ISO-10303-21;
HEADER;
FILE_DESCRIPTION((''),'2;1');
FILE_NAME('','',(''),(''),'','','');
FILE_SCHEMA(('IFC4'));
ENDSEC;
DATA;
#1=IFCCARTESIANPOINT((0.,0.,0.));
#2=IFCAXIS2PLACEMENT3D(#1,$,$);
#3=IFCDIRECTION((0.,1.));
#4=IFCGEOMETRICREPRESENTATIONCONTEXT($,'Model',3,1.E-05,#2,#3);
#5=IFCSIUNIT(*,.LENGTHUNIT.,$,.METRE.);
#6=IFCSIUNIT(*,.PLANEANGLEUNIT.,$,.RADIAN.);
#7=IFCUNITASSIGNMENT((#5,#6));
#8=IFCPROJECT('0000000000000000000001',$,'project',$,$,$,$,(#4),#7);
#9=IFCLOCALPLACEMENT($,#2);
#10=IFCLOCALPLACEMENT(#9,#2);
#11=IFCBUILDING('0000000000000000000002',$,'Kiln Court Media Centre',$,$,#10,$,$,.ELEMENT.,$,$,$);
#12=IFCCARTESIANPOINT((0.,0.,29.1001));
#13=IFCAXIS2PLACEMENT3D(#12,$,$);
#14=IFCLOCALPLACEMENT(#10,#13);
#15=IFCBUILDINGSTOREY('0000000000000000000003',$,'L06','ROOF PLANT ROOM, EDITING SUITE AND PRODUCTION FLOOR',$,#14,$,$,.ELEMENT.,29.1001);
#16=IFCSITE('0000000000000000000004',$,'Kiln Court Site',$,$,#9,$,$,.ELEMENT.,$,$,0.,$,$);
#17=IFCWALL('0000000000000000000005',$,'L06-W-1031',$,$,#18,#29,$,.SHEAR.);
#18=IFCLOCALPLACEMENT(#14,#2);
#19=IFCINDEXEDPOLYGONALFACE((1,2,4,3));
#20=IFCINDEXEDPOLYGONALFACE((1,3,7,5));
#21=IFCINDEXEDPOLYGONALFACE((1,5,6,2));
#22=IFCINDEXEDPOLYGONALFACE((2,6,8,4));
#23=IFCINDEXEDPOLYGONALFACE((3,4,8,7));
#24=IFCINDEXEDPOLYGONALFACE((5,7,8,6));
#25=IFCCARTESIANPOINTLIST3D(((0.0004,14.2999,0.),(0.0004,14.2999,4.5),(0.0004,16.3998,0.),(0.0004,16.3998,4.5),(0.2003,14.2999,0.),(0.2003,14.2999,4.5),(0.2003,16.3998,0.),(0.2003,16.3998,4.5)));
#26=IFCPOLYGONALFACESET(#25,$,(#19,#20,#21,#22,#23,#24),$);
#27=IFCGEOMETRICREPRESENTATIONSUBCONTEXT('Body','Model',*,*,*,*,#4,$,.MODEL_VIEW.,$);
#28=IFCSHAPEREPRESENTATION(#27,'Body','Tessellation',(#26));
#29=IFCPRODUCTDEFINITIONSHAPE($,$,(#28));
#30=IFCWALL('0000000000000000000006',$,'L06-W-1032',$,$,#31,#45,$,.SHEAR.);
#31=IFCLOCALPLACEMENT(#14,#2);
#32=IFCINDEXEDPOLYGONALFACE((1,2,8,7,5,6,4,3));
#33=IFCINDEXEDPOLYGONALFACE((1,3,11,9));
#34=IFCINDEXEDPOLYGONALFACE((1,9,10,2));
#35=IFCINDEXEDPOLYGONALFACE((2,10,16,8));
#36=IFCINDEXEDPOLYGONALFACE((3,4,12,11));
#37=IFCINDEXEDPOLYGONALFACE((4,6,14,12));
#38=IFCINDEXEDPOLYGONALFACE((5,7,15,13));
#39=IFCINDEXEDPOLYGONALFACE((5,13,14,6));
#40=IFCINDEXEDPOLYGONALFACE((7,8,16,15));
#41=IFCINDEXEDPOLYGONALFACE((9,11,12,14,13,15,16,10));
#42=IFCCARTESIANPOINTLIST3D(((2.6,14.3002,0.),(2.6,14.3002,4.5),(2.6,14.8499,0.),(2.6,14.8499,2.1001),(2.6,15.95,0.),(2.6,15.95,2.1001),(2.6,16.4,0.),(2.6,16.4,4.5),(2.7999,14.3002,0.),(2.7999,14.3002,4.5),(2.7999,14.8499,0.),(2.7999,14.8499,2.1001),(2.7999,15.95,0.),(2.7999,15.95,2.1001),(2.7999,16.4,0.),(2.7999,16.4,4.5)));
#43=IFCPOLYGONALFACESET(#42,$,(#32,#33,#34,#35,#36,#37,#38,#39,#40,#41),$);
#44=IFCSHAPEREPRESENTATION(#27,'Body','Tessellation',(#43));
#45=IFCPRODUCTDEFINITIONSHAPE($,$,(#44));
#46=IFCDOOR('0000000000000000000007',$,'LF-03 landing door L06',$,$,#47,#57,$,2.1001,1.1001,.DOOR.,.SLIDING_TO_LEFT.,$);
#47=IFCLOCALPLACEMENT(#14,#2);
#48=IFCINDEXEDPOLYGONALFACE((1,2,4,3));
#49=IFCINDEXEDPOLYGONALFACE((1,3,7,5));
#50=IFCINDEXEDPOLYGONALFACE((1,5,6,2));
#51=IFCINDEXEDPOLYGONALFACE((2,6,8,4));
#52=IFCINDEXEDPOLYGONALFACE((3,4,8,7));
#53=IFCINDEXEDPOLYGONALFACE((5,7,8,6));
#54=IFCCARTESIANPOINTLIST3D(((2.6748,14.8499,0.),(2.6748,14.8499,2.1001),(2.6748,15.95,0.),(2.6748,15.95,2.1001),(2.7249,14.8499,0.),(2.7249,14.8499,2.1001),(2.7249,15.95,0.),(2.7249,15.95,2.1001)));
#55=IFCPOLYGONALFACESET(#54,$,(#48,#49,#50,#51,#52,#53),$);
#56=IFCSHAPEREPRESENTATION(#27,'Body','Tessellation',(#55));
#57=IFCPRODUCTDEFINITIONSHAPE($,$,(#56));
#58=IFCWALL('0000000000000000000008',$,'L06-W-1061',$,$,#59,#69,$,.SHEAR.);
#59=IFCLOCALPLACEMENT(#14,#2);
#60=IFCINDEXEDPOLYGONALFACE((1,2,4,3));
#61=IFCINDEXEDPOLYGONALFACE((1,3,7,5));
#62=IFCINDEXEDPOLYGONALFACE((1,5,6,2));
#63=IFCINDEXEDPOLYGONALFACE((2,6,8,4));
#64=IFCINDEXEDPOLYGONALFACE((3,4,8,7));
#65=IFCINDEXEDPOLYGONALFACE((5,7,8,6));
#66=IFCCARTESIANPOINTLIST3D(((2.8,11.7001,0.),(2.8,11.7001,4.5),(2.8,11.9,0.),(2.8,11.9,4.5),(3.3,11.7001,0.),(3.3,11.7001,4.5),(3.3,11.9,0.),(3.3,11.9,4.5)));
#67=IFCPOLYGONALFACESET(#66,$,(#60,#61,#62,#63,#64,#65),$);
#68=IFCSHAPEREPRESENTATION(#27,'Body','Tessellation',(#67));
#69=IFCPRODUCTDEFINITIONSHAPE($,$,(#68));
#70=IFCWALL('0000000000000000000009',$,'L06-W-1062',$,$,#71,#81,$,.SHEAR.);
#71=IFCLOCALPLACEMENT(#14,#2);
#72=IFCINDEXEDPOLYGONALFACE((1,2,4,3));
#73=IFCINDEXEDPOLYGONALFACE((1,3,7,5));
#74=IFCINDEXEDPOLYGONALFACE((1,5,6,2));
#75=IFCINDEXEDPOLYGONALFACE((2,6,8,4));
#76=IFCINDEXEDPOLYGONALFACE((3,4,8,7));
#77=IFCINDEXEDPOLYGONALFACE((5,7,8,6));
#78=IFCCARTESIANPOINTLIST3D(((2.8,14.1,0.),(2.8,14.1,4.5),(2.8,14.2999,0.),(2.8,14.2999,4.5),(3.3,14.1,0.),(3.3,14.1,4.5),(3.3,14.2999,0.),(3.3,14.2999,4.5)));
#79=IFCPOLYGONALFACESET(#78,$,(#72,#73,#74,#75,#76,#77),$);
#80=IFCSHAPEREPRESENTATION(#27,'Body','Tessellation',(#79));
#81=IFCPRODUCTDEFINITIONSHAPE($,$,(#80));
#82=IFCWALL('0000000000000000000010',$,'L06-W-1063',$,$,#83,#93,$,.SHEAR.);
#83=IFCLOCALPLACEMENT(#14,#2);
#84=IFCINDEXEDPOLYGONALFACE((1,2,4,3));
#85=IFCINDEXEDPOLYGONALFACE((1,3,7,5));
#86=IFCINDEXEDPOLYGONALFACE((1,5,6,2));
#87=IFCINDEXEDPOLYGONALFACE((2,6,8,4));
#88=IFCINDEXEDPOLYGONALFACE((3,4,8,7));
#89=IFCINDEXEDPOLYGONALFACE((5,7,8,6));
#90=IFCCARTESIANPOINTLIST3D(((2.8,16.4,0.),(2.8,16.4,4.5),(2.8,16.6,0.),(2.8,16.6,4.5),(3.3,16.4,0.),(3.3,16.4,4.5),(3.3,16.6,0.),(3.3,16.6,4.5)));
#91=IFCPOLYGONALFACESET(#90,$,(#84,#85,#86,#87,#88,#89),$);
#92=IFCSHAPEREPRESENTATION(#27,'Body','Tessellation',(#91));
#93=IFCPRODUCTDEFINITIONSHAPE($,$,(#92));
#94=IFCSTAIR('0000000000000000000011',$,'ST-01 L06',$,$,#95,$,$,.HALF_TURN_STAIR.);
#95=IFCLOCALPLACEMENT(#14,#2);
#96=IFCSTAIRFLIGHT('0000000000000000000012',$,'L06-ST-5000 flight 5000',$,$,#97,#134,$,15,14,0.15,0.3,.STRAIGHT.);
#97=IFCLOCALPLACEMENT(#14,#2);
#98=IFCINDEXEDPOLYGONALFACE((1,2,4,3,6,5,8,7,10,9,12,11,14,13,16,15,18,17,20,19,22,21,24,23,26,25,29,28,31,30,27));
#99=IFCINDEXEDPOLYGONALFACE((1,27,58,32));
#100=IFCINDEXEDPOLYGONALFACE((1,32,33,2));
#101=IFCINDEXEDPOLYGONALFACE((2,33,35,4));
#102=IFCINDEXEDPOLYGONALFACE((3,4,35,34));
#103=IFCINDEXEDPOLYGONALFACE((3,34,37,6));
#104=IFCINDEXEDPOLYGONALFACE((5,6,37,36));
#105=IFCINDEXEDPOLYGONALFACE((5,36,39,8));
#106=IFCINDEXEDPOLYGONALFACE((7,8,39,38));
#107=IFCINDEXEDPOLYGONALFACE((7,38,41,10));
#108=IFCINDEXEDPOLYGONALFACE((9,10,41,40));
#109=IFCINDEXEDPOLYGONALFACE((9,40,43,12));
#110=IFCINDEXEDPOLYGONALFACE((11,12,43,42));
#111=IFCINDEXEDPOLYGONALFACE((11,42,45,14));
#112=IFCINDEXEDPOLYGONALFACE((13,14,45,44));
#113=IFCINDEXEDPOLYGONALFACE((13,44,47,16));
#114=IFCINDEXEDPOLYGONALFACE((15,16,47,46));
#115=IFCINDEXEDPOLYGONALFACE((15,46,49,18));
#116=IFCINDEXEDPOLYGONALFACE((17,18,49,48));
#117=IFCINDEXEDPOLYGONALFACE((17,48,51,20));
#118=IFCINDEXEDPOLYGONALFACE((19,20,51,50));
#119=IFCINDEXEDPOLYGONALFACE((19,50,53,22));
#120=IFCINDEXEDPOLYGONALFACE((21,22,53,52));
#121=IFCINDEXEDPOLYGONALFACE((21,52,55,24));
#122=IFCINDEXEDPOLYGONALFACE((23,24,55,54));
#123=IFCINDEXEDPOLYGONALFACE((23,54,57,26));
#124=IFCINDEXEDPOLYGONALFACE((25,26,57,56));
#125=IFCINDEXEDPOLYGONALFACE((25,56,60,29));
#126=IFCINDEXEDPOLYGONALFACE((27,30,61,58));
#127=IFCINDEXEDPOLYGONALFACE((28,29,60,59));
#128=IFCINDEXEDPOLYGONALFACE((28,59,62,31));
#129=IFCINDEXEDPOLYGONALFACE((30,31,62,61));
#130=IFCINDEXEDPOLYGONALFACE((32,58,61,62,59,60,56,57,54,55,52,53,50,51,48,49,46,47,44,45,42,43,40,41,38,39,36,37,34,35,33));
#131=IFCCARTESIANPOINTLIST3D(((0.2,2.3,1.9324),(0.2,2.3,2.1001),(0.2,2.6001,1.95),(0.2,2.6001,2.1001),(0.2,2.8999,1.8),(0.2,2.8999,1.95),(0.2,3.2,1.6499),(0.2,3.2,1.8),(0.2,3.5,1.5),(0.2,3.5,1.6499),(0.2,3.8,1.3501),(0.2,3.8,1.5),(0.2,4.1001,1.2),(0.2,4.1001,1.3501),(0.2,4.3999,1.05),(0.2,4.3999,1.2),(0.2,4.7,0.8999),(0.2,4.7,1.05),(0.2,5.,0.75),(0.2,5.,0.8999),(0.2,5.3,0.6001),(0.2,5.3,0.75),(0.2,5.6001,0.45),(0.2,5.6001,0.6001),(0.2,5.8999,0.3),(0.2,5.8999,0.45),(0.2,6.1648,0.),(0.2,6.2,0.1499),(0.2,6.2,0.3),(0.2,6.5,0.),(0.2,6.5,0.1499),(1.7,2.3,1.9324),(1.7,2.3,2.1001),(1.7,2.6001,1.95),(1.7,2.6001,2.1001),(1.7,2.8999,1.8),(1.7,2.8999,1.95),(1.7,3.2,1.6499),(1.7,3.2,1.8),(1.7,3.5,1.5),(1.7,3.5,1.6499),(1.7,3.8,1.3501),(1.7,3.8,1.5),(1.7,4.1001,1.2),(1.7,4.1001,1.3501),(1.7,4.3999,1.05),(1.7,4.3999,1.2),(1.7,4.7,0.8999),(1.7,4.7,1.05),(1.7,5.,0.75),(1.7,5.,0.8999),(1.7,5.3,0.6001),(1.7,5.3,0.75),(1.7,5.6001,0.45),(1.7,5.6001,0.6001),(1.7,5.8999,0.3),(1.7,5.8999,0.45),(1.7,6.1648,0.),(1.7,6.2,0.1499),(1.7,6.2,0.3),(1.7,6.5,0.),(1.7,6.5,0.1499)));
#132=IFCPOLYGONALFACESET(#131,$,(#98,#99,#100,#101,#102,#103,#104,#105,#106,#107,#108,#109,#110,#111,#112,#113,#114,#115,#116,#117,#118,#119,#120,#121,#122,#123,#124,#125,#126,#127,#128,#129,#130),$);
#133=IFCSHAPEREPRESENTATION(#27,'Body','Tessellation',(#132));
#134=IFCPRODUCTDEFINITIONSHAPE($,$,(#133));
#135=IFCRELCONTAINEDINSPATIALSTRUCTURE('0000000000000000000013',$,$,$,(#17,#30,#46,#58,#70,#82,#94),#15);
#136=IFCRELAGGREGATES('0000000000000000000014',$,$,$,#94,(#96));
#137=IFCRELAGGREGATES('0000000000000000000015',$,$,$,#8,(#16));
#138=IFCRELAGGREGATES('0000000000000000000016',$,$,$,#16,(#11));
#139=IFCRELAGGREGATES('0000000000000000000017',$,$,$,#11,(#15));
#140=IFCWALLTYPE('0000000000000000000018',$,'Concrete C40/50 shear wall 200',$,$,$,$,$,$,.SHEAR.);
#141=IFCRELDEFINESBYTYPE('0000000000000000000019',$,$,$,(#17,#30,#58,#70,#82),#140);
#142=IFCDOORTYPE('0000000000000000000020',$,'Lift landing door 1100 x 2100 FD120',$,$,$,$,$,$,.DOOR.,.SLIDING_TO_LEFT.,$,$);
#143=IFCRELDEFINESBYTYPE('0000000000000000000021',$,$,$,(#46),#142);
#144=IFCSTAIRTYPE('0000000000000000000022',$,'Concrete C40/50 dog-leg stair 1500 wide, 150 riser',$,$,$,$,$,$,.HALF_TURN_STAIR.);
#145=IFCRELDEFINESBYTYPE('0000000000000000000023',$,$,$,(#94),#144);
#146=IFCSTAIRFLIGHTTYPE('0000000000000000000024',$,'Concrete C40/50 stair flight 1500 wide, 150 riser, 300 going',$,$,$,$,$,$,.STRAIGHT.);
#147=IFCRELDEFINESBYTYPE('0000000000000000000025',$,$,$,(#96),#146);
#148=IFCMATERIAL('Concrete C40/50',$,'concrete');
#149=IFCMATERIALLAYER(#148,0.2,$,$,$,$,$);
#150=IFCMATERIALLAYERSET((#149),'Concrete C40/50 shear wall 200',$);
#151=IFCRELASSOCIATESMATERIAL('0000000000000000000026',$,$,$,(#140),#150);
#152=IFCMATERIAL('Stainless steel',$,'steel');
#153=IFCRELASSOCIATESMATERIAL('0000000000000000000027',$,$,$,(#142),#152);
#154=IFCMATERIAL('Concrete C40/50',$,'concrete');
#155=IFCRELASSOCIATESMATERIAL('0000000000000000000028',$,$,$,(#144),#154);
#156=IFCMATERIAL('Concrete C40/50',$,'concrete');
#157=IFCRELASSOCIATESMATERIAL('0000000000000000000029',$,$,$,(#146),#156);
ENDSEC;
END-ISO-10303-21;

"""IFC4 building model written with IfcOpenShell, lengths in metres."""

from ifc_helpers import new_model, si_unit, direction, frame, frame_2d, origin, place, context, subcontext, project, spatial, polyline, rectangle, outline, extrude, material, layer, layer_set, type_object, element, fill, aggregate, save


model = new_model("IFC4")

# Units and contexts
model_context = context("Model", 3, precision=1e-05, world=origin(), true_north=direction((0.0, 1.0)))
body_context = subcontext(model_context, "Body", "Model", "MODEL_VIEW")
ifc_project = project(units=[si_unit("LENGTHUNIT", "METRE"), si_unit("PLANEANGLEUNIT", "RADIAN")], contexts=[model_context])

# Site, building, storey
site_placement = place(None, origin())
site = spatial("IfcSite", under=ifc_project, at=site_placement, Name="Kiln Court Site", CompositionType="ELEMENT", RefElevation=0.0)
building_placement = place(site_placement, origin())
building = spatial("IfcBuilding", under=site, at=building_placement, Name="Kiln Court Media Centre", CompositionType="ELEMENT")
storey_placement = place(building_placement, frame((0.0, 0.0, 29.1001)))
storey = spatial("IfcBuildingStorey", under=building, at=storey_placement, Name="L06", Description="ROOF PLANT ROOM, EDITING SUITE AND PRODUCTION FLOOR", CompositionType="ELEMENT", Elevation=29.1001)

# Shared definitions
ifc_material_1 = material(Name="Concrete C40/50", Category="concrete")
ifc_layer = layer(ifc_material_1, 0.2)
ifc_layer_set = layer_set([ifc_layer], Name="Concrete C40/50 shear wall 200")
wall_type = type_object("IfcWallType", Name="Concrete C40/50 shear wall 200", PredefinedType="SHEAR", material=ifc_layer_set)

# Shared definitions
ifc_material_2 = material(Name="Stainless steel", Category="steel")
door_type_1 = type_object("IfcDoorType", Name="Lift landing door 1100 x 2100 FD120", OperationType="SLIDING_TO_LEFT", PredefinedType="DOOR", material=ifc_material_2)

# Wall
wall_1_placement = place(storey_placement, frame((0.1003, 14.3, 0.0), z_axis=(0.0, 0.0, 1.0), x_axis=(0.0, 1.0, 0.0)))
element("IfcWall", 1, at=wall_1_placement, inside=storey, type_object=wall_type, Name="L06-W-1031", PredefinedType="SHEAR", context=body_context, shape_type="SweptSolid", body=[
    extrude(rectangle(XDim=2.0999, YDim=0.2, at=frame_2d((1.0498, 0.0))), origin(), (0.0, 0.0, 1.0), 4.5),
])

# Wall, opening, door
wall_2_placement = place(storey_placement, frame((2.7, 16.3999, 0.0), z_axis=(0.0, 0.0, 1.0), x_axis=(0.0, -1.0, 0.0)))
wall_2 = element("IfcWall", 2, at=wall_2_placement, inside=storey, type_object=wall_type, Name="L06-W-1032", PredefinedType="SHEAR", context=body_context, shape_type="SweptSolid", body=[
    extrude(rectangle(XDim=2.0999, YDim=0.2, at=frame_2d((1.0498, 0.0))), origin(), (0.0, 0.0, 1.0), 4.5),
])
opening_1_placement = place(wall_2_placement, frame((0.45, 0.0, 0.0)))
opening_1 = element("IfcOpeningElement", 3, at=opening_1_placement, cuts=wall_2, PredefinedType="OPENING", context=body_context, shape_type="SweptSolid", body=[
    extrude(rectangle(XDim=1.1001, YDim=2.1001, at=frame_2d((0.55, 1.05))), frame((0.0, 0.1099, 0.0), z_axis=(0.0, -1.0, 0.0), x_axis=(1.0, 0.0, 0.0)), (0.0, 0.0, 1.0), 0.22),
])
door_1_placement = place(opening_1_placement, origin())
door_1 = element("IfcDoor", 4, at=door_1_placement, inside=storey, type_object=door_type_1, Name="LF-03 landing door L06", OperationType="SLIDING_TO_LEFT", OverallHeight=2.1001, OverallWidth=1.1001, PredefinedType="DOOR", context=body_context, shape_type="SweptSolid", body=[
    extrude(rectangle(XDim=1.1001, YDim=2.1001, at=frame_2d((0.55, 1.05))), frame((0.0, 0.0249, 0.0), z_axis=(0.0, -1.0, 0.0), x_axis=(1.0, 0.0, 0.0)), (0.0, 0.0, 1.0), 0.05),
])
fill(opening_1, door_1)

# Walls
for number, where, z_axis, x_axis, name in (
    (5, (2.8, 11.8, 0.0), (0.0, 0.0, 1.0), (1.0, 0.0, 0.0), "L06-W-1061"),
    (6, (2.8, 14.2, 0.0), (0.0, 0.0, 1.0), (1.0, 0.0, 0.0), "L06-W-1062"),
    (7, (2.8, 16.5, 0.0), (0.0, 0.0, 1.0), (1.0, 0.0, 0.0), "L06-W-1063"),
):
    element("IfcWall", number, at=place(storey_placement, frame(where, z_axis=z_axis, x_axis=x_axis)), inside=storey, type_object=wall_type, Name=name, PredefinedType="SHEAR", context=body_context, shape_type="SweptSolid", body=[
        extrude(rectangle(XDim=0.5, YDim=0.2, at=frame_2d((0.25, 0.0))), origin(), (0.0, 0.0, 1.0), 4.5),
    ])

# Stair, stair flight
ifc_material_3 = material(Name="Concrete C40/50", Category="concrete")
stair_type = type_object("IfcStairType", Name="Concrete C40/50 dog-leg stair 1500 wide, 150 riser", PredefinedType="HALF_TURN_STAIR", material=ifc_material_3)
stair_placement = place(storey_placement, origin())
stair = element("IfcStair", 8, at=stair_placement, inside=storey, type_object=stair_type, Name="ST-01 L06", PredefinedType="HALF_TURN_STAIR")
ifc_material_4 = material(Name="Concrete C40/50", Category="concrete")
stair_flight_type = type_object("IfcStairFlightType", Name="Concrete C40/50 stair flight 1500 wide, 150 riser, 300 going", PredefinedType="STRAIGHT", material=ifc_material_4)
stair_flight_placement = place(storey_placement, frame((0.95, 6.5, 0.0), z_axis=(0.0, 0.0, 1.0), x_axis=(0.0, -1.0, 0.0)))
stair_flight = element("IfcStairFlight", 9, at=stair_flight_placement, type_object=stair_flight_type, Name="L06-ST-5000 flight 5000", NumberOfRisers=15, NumberOfTreads=14, PredefinedType="STRAIGHT", RiserHeight=0.15, TreadLength=0.3, context=body_context, shape_type="SweptSolid", body=[
    extrude(outline(polyline([(0.0, 0.0), (0.0, 0.1499), (0.3, 0.1499), (0.3, 0.3), (0.6001, 0.3), (0.6001, 0.45), (0.8999, 0.45), (0.8999, 0.6001), (1.2, 0.6001), (1.2, 0.75), (1.5, 0.75), (1.5, 0.8999), (1.8, 0.8999), (1.8, 1.05), (2.1001, 1.05), (2.1001, 1.2), (2.3999, 1.2), (2.3999, 1.3501), (2.7, 1.3501), (2.7, 1.5), (3.0, 1.5), (3.0, 1.6499), (3.3, 1.6499), (3.3, 1.8), (3.6001, 1.8), (3.6001, 1.95), (3.8999, 1.95), (3.8999, 2.1001), (4.2, 2.1001), (4.2, 2.25), (4.2, 1.9324), (0.3352, 0.0), (0.0, 0.0)])), frame((0.0, 0.75, 0.0), z_axis=(0.0, -1.0, 0.0), x_axis=(1.0, 0.0, 0.0)), (0.0, 0.0, 1.0), 1.5),
])
aggregate(stair, [stair_flight])

save(model, "model.ifc")
